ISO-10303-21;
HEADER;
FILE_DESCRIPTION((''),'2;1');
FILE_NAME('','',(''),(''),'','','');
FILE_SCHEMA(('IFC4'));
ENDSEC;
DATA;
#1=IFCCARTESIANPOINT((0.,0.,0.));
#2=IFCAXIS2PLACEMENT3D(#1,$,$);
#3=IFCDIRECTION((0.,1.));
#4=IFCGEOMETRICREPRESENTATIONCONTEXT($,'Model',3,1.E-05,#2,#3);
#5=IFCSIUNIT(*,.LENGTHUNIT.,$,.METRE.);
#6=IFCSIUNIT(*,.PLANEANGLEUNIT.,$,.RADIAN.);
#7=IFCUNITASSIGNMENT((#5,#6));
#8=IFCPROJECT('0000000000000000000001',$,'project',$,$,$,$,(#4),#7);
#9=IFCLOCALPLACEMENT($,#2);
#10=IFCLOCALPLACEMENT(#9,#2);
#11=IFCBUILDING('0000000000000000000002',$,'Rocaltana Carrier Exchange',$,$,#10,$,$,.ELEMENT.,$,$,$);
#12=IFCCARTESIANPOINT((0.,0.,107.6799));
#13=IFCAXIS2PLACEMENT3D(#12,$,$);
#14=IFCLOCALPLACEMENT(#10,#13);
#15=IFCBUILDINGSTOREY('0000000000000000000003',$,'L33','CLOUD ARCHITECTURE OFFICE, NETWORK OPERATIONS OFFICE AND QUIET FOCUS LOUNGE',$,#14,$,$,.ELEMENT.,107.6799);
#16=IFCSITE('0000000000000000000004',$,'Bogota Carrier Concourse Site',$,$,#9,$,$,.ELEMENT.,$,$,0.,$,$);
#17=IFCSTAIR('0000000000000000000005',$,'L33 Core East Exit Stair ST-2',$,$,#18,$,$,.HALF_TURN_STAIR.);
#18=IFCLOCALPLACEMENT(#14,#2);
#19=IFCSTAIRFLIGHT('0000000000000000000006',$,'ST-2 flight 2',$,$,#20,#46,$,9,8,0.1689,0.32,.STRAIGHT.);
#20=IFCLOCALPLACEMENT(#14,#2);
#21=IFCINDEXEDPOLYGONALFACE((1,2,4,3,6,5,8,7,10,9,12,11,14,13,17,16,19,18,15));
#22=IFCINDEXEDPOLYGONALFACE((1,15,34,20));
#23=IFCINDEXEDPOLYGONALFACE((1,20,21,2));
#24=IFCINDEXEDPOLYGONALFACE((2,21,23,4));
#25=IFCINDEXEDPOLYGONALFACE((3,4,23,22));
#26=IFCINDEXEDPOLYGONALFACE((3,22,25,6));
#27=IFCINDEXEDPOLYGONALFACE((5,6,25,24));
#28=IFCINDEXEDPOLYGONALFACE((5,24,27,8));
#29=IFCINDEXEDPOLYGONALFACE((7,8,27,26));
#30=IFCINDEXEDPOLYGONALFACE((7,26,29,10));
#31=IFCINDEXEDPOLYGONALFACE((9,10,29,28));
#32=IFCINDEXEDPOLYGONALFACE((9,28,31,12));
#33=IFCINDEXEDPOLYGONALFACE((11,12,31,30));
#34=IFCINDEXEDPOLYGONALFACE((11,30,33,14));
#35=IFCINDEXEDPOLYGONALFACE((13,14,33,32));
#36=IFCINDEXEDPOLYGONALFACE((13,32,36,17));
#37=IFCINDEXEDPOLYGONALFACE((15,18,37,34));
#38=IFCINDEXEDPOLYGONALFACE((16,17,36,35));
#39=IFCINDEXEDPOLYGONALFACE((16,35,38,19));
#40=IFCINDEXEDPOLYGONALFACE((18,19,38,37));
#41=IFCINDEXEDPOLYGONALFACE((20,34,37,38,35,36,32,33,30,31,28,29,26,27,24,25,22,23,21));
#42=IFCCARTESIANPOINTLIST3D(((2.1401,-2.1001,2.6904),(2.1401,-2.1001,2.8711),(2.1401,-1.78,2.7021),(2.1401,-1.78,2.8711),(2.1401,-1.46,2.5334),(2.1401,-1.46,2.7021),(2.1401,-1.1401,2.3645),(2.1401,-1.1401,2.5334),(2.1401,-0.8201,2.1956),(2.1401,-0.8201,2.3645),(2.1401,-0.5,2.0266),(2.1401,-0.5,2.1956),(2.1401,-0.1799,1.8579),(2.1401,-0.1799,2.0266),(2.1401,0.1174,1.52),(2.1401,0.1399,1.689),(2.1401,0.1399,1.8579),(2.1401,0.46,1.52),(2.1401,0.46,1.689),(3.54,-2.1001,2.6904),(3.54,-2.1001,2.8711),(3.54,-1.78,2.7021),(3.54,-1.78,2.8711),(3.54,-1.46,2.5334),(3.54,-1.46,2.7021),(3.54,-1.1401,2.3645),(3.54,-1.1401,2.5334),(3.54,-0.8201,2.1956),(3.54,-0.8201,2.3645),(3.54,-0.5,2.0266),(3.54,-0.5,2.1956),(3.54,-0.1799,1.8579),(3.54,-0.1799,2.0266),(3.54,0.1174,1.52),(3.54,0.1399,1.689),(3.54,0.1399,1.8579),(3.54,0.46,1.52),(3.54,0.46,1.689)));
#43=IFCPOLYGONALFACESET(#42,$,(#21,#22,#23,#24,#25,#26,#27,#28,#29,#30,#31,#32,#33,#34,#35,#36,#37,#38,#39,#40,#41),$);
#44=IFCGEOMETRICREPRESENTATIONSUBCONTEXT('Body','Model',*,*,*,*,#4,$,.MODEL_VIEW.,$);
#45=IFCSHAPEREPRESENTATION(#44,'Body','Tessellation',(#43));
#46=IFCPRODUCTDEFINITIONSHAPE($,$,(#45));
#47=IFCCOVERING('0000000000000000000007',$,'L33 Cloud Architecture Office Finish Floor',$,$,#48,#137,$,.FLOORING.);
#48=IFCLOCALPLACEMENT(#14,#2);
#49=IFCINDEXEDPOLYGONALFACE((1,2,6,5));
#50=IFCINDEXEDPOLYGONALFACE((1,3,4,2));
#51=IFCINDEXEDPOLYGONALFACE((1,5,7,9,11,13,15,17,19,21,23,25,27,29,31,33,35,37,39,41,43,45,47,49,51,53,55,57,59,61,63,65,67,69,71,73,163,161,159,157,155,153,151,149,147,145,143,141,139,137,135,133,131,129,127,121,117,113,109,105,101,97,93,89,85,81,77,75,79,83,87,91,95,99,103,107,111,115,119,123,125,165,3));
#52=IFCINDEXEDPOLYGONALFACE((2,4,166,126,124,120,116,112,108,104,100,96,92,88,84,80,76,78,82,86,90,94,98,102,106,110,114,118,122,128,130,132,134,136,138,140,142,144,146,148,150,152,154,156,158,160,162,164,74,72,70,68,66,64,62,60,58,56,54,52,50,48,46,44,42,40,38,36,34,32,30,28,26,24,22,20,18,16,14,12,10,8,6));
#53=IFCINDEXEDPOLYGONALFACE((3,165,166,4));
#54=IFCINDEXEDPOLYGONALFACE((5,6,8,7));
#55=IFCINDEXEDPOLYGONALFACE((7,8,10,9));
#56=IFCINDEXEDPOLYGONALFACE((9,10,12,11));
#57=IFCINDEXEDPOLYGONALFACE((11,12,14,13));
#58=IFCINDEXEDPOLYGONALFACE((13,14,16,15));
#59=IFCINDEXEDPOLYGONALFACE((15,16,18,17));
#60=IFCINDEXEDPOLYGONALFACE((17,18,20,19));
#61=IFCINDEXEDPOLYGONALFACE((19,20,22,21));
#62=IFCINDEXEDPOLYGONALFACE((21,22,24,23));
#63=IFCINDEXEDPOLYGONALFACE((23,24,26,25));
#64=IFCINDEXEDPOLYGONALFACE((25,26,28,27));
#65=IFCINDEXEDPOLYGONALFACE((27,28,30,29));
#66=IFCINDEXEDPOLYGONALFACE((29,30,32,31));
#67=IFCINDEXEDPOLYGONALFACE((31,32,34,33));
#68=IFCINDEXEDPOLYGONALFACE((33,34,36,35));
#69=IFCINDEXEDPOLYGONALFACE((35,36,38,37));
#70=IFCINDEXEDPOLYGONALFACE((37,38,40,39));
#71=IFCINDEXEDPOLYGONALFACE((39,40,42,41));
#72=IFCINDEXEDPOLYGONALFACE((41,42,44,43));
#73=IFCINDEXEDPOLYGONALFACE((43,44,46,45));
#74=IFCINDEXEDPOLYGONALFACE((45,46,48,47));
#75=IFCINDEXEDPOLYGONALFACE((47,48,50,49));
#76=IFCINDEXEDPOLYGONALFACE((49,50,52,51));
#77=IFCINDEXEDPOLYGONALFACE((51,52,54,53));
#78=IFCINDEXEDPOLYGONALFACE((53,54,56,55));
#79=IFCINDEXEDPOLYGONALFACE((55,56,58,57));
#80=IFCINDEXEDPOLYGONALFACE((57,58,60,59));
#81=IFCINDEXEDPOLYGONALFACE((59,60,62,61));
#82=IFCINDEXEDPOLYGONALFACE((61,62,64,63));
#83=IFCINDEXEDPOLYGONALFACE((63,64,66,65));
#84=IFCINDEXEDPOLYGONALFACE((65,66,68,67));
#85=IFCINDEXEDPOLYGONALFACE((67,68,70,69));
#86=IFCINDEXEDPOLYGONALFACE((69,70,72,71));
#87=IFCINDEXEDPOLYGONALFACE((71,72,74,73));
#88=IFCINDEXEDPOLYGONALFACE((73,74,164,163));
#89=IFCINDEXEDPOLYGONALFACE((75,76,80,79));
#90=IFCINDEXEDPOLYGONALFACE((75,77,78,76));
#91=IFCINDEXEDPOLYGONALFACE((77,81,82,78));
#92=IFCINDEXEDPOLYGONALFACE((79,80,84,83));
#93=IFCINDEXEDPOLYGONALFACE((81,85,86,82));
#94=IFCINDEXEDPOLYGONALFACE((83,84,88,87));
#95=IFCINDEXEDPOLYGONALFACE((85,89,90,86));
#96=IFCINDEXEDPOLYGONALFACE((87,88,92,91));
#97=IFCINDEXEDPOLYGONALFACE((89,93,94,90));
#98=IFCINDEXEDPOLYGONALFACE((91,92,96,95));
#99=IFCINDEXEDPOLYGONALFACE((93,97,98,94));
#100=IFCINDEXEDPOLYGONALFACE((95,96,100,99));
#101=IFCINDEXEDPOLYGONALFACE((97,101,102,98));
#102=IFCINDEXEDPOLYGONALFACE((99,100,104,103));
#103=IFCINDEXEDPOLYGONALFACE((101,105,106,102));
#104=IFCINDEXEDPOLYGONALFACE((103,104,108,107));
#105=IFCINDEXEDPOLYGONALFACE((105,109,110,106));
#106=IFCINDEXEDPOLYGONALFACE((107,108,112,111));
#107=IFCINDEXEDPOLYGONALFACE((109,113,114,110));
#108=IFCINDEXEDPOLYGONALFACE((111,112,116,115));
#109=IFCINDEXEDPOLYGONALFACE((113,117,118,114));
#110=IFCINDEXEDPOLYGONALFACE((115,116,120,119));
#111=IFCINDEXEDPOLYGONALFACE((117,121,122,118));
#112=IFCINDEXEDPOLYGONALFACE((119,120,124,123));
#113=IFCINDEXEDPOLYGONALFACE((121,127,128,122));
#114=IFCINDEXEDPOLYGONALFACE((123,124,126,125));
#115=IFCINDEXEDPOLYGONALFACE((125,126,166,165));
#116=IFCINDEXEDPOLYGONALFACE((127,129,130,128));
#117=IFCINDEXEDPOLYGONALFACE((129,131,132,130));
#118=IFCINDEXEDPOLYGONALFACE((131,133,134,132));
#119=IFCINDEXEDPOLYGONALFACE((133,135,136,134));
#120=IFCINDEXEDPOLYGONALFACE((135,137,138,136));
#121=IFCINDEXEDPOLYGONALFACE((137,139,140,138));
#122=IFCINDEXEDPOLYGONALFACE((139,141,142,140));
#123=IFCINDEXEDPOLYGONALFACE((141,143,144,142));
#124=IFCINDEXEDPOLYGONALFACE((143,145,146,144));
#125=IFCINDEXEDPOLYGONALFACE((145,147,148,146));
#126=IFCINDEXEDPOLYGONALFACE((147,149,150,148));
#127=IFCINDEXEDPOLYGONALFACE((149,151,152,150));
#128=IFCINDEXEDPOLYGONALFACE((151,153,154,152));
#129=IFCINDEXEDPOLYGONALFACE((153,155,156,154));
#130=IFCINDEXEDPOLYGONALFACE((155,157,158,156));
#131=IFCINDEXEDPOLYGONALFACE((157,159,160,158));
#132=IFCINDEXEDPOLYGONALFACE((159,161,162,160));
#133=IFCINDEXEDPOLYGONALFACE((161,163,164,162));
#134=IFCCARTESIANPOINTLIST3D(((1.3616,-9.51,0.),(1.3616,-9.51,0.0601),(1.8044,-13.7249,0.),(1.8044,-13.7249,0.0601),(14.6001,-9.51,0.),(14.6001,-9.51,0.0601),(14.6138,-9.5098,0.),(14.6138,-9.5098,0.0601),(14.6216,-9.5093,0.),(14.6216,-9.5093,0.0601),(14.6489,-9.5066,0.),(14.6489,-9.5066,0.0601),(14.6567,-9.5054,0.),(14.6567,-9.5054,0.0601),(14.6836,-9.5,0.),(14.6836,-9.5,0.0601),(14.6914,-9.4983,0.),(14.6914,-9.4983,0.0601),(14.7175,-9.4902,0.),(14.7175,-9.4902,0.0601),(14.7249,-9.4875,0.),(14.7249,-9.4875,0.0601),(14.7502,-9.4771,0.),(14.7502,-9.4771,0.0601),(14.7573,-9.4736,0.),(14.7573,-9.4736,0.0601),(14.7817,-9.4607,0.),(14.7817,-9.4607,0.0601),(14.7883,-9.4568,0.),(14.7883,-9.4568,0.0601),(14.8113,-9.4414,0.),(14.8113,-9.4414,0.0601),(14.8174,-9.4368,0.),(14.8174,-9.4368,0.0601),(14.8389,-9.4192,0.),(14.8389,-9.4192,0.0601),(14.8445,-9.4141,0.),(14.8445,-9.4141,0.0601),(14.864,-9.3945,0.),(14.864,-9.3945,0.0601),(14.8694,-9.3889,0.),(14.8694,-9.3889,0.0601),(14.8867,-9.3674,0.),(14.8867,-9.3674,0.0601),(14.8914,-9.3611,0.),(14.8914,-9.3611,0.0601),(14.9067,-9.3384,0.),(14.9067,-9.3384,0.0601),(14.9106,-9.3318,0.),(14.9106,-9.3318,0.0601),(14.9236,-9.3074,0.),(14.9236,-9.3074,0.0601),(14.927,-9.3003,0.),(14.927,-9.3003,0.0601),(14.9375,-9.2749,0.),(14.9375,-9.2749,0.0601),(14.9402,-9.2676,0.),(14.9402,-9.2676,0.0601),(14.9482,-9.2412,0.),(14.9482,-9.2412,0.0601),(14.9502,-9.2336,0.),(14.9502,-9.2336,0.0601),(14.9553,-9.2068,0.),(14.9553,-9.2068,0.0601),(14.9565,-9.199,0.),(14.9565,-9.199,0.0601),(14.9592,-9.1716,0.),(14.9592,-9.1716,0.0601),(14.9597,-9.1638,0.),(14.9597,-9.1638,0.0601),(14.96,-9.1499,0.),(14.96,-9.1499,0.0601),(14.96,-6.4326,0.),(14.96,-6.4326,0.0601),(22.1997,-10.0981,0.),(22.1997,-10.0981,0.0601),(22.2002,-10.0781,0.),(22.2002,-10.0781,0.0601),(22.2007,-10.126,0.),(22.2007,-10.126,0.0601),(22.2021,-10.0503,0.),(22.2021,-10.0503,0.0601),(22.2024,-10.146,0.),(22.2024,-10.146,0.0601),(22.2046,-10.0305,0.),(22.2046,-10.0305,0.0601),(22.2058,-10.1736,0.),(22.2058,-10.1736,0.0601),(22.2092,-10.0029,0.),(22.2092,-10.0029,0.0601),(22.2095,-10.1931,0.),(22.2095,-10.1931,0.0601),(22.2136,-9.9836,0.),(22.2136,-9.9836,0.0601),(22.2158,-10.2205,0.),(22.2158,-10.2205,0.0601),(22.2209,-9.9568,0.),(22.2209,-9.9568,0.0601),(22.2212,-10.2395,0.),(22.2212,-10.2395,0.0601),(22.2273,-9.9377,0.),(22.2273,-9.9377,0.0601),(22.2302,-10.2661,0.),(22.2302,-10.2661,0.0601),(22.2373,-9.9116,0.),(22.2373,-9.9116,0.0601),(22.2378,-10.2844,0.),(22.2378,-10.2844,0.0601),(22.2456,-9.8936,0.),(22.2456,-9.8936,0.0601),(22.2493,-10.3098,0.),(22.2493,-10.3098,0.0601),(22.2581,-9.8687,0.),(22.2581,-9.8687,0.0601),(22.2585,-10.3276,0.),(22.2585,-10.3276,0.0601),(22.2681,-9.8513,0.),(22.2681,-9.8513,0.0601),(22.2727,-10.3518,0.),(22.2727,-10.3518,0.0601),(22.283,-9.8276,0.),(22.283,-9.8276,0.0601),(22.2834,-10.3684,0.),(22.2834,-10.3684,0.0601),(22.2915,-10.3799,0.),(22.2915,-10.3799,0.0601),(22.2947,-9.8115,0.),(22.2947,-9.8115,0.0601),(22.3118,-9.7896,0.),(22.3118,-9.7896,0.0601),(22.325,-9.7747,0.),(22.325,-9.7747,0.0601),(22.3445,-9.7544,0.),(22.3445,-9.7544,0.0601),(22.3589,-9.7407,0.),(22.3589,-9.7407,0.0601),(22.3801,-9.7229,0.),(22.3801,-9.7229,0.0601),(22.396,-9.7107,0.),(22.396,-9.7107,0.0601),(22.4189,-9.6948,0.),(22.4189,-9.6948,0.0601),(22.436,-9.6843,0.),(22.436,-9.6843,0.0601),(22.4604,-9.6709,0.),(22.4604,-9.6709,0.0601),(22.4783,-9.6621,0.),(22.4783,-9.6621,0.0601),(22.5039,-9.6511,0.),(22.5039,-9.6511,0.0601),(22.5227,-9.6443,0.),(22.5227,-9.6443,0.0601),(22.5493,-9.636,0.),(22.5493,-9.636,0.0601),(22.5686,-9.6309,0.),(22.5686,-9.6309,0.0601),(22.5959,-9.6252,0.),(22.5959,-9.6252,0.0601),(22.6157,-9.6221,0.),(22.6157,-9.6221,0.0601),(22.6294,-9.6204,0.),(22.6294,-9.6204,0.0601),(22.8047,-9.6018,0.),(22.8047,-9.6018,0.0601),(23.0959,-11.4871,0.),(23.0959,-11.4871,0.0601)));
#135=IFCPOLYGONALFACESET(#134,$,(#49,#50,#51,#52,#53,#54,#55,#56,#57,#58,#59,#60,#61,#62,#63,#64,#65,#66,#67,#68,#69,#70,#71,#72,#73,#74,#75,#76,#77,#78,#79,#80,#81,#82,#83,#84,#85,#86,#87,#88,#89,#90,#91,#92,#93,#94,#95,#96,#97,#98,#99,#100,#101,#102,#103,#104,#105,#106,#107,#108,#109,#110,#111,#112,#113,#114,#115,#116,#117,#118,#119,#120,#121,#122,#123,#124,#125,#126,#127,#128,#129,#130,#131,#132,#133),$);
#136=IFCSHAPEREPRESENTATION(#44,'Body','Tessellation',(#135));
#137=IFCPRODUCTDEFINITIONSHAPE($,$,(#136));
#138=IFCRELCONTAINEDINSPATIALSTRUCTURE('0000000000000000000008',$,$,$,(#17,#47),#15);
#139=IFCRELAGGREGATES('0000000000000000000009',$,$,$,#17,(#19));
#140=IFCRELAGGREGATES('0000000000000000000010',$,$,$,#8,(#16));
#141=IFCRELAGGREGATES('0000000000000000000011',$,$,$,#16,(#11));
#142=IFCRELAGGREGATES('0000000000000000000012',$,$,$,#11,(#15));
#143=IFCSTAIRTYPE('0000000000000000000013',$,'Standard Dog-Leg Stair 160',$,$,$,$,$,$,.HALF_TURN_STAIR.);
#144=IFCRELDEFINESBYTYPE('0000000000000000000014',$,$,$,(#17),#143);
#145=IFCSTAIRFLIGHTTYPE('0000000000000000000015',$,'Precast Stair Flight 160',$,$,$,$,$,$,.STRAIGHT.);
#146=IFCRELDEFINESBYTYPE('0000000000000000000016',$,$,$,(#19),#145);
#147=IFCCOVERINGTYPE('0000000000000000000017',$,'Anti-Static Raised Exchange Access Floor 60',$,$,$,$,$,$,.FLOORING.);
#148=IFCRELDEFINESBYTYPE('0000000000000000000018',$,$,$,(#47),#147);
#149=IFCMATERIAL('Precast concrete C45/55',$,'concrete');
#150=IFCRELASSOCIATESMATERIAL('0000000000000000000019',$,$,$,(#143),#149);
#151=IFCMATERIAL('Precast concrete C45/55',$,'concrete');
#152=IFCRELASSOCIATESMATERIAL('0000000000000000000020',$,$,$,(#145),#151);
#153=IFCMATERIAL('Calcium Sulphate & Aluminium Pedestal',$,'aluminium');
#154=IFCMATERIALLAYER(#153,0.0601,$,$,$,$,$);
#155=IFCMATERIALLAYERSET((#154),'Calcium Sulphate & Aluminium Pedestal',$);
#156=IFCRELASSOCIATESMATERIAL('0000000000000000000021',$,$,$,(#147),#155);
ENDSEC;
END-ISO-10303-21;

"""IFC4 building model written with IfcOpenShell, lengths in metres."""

from ifc_helpers import new_model, si_unit, direction, frame, origin, place, context, subcontext, project, spatial, polyline, outline, extrude, material, layer, layer_set, type_object, element, aggregate, save


model = new_model("IFC4")

# Units and contexts
model_context = context("Model", 3, precision=1e-05, world=origin(), true_north=direction((0.0, 1.0)))
body_context = subcontext(model_context, "Body", "Model", "MODEL_VIEW")
ifc_project = project(units=[si_unit("LENGTHUNIT", "METRE"), si_unit("PLANEANGLEUNIT", "RADIAN")], contexts=[model_context])

# Site, building, storey
site_placement = place(None, origin())
site = spatial("IfcSite", under=ifc_project, at=site_placement, Name="Bogota Carrier Concourse Site", CompositionType="ELEMENT", RefElevation=0.0)
building_placement = place(site_placement, origin())
building = spatial("IfcBuilding", under=site, at=building_placement, Name="Rocaltana Carrier Exchange", CompositionType="ELEMENT")
storey_placement = place(building_placement, frame((0.0, 0.0, 107.6799)))
storey = spatial("IfcBuildingStorey", under=building, at=storey_placement, Name="L33", Description="CLOUD ARCHITECTURE OFFICE, NETWORK OPERATIONS OFFICE AND QUIET FOCUS LOUNGE", CompositionType="ELEMENT", Elevation=107.6799)

# Stair, stair flight
ifc_material_1 = material(Name="Precast concrete C45/55", Category="concrete")
stair_type = type_object("IfcStairType", Name="Standard Dog-Leg Stair 160", PredefinedType="HALF_TURN_STAIR", material=ifc_material_1)
stair_placement = place(storey_placement, origin())
stair = element("IfcStair", 1, at=stair_placement, inside=storey, type_object=stair_type, Name="L33 Core East Exit Stair ST-2", PredefinedType="HALF_TURN_STAIR")
ifc_material_2 = material(Name="Precast concrete C45/55", Category="concrete")
stair_flight_type = type_object("IfcStairFlightType", Name="Precast Stair Flight 160", PredefinedType="STRAIGHT", material=ifc_material_2)
stair_flight_placement = place(storey_placement, frame((2.8401, 0.46, 1.52), z_axis=(0.0, 0.0, 1.0), x_axis=(0.0, -1.0, 0.0)))
stair_flight = element("IfcStairFlight", 2, at=stair_flight_placement, type_object=stair_flight_type, Name="ST-2 flight 2", NumberOfRisers=9, NumberOfTreads=8, PredefinedType="STRAIGHT", RiserHeight=0.1689, TreadLength=0.32, context=body_context, shape_type="SweptSolid", body=[
    extrude(outline(polyline([(0.0, 0.0), (0.0, 0.1689), (0.3201, 0.1689), (0.3201, 0.3379), (0.6399, 0.3379), (0.6399, 0.5066), (0.96, 0.5066), (0.96, 0.6755), (1.28, 0.6755), (1.28, 0.8445), (1.6001, 0.8445), (1.6001, 1.0134), (1.9199, 1.0134), (1.9199, 1.1821), (2.24, 1.1821), (2.24, 1.3511), (2.5601, 1.3511), (2.5601, 1.52), (2.5601, 1.1704), (0.3425, 0.0), (0.0, 0.0)])), frame((0.0, 0.7, 0.0), z_axis=(0.0, -1.0, 0.0), x_axis=(1.0, 0.0, 0.0)), (0.0, 0.0, 1.0), 1.3999),
])
aggregate(stair, [stair_flight])

# Covering
ifc_material_3 = material(Name="Calcium Sulphate & Aluminium Pedestal", Category="aluminium")
ifc_layer_1 = layer(ifc_material_3, 0.0601)
ifc_layer_set_1 = layer_set([ifc_layer_1], Name="Calcium Sulphate & Aluminium Pedestal")
covering_type_1 = type_object("IfcCoveringType", Name="Anti-Static Raised Exchange Access Floor 60", PredefinedType="FLOORING", material=ifc_layer_set_1)
covering_1_placement = place(storey_placement, origin())
element("IfcCovering", 3, at=covering_1_placement, inside=storey, type_object=covering_type_1, Name="L33 Cloud Architecture Office Finish Floor", PredefinedType="FLOORING", context=body_context, shape_type="SweptSolid", body=[
    extrude(outline(polyline([(22.6294, -9.6204), (22.6157, -9.6221), (22.5959, -9.6252), (22.5686, -9.6309), (22.5493, -9.636), (22.5227, -9.6443), (22.5039, -9.6511), (22.4783, -9.6621), (22.4604, -9.6709), (22.436, -9.6843), (22.4189, -9.6948), (22.396, -9.7107), (22.3801, -9.7229), (22.3589, -9.7407), (22.3445, -9.7544), (22.325, -9.7747), (22.3118, -9.7896), (22.2947, -9.8115), (22.283, -9.8276), (22.2681, -9.8513), (22.2581, -9.8687), (22.2456, -9.8936), (22.2373, -9.9116), (22.2273, -9.9377), (22.2209, -9.9568), (22.2136, -9.9836), (22.2092, -10.0029), (22.2046, -10.0305), (22.2021, -10.0503), (22.2002, -10.0781), (22.1997, -10.0981), (22.2007, -10.126), (22.2024, -10.146), (22.2058, -10.1736), (22.2095, -10.1931), (22.2158, -10.2205), (22.2212, -10.2395), (22.2302, -10.2661), (22.2378, -10.2844), (22.2493, -10.3098), (22.2585, -10.3276), (22.2727, -10.3518), (22.2834, -10.3684), (22.2915, -10.3799), (23.0959, -11.4871), (1.8044, -13.7249), (1.3616, -9.51), (14.6001, -9.51), (14.6138, -9.5098), (14.6216, -9.5093), (14.6489, -9.5066), (14.6567, -9.5054), (14.6836, -9.5), (14.6914, -9.4983), (14.7175, -9.4902), (14.7249, -9.4875), (14.7502, -9.4771), (14.7573, -9.4736), (14.7817, -9.4607), (14.7883, -9.4568), (14.8113, -9.4414), (14.8174, -9.4368), (14.8389, -9.4192), (14.8445, -9.4141), (14.864, -9.3945), (14.8694, -9.3889), (14.8867, -9.3674), (14.8914, -9.3611), (14.9067, -9.3384), (14.9106, -9.3318), (14.9236, -9.3074), (14.927, -9.3003), (14.9375, -9.2749), (14.9402, -9.2676), (14.9482, -9.2412), (14.9502, -9.2336), (14.9553, -9.2068), (14.9565, -9.199), (14.9592, -9.1716), (14.9597, -9.1638), (14.96, -9.1499), (14.96, -6.4326), (22.8047, -9.6018), (22.6294, -9.6204)])), origin(), (0.0, 0.0, 1.0), 0.0601),
])

save(model, "model.ifc")
